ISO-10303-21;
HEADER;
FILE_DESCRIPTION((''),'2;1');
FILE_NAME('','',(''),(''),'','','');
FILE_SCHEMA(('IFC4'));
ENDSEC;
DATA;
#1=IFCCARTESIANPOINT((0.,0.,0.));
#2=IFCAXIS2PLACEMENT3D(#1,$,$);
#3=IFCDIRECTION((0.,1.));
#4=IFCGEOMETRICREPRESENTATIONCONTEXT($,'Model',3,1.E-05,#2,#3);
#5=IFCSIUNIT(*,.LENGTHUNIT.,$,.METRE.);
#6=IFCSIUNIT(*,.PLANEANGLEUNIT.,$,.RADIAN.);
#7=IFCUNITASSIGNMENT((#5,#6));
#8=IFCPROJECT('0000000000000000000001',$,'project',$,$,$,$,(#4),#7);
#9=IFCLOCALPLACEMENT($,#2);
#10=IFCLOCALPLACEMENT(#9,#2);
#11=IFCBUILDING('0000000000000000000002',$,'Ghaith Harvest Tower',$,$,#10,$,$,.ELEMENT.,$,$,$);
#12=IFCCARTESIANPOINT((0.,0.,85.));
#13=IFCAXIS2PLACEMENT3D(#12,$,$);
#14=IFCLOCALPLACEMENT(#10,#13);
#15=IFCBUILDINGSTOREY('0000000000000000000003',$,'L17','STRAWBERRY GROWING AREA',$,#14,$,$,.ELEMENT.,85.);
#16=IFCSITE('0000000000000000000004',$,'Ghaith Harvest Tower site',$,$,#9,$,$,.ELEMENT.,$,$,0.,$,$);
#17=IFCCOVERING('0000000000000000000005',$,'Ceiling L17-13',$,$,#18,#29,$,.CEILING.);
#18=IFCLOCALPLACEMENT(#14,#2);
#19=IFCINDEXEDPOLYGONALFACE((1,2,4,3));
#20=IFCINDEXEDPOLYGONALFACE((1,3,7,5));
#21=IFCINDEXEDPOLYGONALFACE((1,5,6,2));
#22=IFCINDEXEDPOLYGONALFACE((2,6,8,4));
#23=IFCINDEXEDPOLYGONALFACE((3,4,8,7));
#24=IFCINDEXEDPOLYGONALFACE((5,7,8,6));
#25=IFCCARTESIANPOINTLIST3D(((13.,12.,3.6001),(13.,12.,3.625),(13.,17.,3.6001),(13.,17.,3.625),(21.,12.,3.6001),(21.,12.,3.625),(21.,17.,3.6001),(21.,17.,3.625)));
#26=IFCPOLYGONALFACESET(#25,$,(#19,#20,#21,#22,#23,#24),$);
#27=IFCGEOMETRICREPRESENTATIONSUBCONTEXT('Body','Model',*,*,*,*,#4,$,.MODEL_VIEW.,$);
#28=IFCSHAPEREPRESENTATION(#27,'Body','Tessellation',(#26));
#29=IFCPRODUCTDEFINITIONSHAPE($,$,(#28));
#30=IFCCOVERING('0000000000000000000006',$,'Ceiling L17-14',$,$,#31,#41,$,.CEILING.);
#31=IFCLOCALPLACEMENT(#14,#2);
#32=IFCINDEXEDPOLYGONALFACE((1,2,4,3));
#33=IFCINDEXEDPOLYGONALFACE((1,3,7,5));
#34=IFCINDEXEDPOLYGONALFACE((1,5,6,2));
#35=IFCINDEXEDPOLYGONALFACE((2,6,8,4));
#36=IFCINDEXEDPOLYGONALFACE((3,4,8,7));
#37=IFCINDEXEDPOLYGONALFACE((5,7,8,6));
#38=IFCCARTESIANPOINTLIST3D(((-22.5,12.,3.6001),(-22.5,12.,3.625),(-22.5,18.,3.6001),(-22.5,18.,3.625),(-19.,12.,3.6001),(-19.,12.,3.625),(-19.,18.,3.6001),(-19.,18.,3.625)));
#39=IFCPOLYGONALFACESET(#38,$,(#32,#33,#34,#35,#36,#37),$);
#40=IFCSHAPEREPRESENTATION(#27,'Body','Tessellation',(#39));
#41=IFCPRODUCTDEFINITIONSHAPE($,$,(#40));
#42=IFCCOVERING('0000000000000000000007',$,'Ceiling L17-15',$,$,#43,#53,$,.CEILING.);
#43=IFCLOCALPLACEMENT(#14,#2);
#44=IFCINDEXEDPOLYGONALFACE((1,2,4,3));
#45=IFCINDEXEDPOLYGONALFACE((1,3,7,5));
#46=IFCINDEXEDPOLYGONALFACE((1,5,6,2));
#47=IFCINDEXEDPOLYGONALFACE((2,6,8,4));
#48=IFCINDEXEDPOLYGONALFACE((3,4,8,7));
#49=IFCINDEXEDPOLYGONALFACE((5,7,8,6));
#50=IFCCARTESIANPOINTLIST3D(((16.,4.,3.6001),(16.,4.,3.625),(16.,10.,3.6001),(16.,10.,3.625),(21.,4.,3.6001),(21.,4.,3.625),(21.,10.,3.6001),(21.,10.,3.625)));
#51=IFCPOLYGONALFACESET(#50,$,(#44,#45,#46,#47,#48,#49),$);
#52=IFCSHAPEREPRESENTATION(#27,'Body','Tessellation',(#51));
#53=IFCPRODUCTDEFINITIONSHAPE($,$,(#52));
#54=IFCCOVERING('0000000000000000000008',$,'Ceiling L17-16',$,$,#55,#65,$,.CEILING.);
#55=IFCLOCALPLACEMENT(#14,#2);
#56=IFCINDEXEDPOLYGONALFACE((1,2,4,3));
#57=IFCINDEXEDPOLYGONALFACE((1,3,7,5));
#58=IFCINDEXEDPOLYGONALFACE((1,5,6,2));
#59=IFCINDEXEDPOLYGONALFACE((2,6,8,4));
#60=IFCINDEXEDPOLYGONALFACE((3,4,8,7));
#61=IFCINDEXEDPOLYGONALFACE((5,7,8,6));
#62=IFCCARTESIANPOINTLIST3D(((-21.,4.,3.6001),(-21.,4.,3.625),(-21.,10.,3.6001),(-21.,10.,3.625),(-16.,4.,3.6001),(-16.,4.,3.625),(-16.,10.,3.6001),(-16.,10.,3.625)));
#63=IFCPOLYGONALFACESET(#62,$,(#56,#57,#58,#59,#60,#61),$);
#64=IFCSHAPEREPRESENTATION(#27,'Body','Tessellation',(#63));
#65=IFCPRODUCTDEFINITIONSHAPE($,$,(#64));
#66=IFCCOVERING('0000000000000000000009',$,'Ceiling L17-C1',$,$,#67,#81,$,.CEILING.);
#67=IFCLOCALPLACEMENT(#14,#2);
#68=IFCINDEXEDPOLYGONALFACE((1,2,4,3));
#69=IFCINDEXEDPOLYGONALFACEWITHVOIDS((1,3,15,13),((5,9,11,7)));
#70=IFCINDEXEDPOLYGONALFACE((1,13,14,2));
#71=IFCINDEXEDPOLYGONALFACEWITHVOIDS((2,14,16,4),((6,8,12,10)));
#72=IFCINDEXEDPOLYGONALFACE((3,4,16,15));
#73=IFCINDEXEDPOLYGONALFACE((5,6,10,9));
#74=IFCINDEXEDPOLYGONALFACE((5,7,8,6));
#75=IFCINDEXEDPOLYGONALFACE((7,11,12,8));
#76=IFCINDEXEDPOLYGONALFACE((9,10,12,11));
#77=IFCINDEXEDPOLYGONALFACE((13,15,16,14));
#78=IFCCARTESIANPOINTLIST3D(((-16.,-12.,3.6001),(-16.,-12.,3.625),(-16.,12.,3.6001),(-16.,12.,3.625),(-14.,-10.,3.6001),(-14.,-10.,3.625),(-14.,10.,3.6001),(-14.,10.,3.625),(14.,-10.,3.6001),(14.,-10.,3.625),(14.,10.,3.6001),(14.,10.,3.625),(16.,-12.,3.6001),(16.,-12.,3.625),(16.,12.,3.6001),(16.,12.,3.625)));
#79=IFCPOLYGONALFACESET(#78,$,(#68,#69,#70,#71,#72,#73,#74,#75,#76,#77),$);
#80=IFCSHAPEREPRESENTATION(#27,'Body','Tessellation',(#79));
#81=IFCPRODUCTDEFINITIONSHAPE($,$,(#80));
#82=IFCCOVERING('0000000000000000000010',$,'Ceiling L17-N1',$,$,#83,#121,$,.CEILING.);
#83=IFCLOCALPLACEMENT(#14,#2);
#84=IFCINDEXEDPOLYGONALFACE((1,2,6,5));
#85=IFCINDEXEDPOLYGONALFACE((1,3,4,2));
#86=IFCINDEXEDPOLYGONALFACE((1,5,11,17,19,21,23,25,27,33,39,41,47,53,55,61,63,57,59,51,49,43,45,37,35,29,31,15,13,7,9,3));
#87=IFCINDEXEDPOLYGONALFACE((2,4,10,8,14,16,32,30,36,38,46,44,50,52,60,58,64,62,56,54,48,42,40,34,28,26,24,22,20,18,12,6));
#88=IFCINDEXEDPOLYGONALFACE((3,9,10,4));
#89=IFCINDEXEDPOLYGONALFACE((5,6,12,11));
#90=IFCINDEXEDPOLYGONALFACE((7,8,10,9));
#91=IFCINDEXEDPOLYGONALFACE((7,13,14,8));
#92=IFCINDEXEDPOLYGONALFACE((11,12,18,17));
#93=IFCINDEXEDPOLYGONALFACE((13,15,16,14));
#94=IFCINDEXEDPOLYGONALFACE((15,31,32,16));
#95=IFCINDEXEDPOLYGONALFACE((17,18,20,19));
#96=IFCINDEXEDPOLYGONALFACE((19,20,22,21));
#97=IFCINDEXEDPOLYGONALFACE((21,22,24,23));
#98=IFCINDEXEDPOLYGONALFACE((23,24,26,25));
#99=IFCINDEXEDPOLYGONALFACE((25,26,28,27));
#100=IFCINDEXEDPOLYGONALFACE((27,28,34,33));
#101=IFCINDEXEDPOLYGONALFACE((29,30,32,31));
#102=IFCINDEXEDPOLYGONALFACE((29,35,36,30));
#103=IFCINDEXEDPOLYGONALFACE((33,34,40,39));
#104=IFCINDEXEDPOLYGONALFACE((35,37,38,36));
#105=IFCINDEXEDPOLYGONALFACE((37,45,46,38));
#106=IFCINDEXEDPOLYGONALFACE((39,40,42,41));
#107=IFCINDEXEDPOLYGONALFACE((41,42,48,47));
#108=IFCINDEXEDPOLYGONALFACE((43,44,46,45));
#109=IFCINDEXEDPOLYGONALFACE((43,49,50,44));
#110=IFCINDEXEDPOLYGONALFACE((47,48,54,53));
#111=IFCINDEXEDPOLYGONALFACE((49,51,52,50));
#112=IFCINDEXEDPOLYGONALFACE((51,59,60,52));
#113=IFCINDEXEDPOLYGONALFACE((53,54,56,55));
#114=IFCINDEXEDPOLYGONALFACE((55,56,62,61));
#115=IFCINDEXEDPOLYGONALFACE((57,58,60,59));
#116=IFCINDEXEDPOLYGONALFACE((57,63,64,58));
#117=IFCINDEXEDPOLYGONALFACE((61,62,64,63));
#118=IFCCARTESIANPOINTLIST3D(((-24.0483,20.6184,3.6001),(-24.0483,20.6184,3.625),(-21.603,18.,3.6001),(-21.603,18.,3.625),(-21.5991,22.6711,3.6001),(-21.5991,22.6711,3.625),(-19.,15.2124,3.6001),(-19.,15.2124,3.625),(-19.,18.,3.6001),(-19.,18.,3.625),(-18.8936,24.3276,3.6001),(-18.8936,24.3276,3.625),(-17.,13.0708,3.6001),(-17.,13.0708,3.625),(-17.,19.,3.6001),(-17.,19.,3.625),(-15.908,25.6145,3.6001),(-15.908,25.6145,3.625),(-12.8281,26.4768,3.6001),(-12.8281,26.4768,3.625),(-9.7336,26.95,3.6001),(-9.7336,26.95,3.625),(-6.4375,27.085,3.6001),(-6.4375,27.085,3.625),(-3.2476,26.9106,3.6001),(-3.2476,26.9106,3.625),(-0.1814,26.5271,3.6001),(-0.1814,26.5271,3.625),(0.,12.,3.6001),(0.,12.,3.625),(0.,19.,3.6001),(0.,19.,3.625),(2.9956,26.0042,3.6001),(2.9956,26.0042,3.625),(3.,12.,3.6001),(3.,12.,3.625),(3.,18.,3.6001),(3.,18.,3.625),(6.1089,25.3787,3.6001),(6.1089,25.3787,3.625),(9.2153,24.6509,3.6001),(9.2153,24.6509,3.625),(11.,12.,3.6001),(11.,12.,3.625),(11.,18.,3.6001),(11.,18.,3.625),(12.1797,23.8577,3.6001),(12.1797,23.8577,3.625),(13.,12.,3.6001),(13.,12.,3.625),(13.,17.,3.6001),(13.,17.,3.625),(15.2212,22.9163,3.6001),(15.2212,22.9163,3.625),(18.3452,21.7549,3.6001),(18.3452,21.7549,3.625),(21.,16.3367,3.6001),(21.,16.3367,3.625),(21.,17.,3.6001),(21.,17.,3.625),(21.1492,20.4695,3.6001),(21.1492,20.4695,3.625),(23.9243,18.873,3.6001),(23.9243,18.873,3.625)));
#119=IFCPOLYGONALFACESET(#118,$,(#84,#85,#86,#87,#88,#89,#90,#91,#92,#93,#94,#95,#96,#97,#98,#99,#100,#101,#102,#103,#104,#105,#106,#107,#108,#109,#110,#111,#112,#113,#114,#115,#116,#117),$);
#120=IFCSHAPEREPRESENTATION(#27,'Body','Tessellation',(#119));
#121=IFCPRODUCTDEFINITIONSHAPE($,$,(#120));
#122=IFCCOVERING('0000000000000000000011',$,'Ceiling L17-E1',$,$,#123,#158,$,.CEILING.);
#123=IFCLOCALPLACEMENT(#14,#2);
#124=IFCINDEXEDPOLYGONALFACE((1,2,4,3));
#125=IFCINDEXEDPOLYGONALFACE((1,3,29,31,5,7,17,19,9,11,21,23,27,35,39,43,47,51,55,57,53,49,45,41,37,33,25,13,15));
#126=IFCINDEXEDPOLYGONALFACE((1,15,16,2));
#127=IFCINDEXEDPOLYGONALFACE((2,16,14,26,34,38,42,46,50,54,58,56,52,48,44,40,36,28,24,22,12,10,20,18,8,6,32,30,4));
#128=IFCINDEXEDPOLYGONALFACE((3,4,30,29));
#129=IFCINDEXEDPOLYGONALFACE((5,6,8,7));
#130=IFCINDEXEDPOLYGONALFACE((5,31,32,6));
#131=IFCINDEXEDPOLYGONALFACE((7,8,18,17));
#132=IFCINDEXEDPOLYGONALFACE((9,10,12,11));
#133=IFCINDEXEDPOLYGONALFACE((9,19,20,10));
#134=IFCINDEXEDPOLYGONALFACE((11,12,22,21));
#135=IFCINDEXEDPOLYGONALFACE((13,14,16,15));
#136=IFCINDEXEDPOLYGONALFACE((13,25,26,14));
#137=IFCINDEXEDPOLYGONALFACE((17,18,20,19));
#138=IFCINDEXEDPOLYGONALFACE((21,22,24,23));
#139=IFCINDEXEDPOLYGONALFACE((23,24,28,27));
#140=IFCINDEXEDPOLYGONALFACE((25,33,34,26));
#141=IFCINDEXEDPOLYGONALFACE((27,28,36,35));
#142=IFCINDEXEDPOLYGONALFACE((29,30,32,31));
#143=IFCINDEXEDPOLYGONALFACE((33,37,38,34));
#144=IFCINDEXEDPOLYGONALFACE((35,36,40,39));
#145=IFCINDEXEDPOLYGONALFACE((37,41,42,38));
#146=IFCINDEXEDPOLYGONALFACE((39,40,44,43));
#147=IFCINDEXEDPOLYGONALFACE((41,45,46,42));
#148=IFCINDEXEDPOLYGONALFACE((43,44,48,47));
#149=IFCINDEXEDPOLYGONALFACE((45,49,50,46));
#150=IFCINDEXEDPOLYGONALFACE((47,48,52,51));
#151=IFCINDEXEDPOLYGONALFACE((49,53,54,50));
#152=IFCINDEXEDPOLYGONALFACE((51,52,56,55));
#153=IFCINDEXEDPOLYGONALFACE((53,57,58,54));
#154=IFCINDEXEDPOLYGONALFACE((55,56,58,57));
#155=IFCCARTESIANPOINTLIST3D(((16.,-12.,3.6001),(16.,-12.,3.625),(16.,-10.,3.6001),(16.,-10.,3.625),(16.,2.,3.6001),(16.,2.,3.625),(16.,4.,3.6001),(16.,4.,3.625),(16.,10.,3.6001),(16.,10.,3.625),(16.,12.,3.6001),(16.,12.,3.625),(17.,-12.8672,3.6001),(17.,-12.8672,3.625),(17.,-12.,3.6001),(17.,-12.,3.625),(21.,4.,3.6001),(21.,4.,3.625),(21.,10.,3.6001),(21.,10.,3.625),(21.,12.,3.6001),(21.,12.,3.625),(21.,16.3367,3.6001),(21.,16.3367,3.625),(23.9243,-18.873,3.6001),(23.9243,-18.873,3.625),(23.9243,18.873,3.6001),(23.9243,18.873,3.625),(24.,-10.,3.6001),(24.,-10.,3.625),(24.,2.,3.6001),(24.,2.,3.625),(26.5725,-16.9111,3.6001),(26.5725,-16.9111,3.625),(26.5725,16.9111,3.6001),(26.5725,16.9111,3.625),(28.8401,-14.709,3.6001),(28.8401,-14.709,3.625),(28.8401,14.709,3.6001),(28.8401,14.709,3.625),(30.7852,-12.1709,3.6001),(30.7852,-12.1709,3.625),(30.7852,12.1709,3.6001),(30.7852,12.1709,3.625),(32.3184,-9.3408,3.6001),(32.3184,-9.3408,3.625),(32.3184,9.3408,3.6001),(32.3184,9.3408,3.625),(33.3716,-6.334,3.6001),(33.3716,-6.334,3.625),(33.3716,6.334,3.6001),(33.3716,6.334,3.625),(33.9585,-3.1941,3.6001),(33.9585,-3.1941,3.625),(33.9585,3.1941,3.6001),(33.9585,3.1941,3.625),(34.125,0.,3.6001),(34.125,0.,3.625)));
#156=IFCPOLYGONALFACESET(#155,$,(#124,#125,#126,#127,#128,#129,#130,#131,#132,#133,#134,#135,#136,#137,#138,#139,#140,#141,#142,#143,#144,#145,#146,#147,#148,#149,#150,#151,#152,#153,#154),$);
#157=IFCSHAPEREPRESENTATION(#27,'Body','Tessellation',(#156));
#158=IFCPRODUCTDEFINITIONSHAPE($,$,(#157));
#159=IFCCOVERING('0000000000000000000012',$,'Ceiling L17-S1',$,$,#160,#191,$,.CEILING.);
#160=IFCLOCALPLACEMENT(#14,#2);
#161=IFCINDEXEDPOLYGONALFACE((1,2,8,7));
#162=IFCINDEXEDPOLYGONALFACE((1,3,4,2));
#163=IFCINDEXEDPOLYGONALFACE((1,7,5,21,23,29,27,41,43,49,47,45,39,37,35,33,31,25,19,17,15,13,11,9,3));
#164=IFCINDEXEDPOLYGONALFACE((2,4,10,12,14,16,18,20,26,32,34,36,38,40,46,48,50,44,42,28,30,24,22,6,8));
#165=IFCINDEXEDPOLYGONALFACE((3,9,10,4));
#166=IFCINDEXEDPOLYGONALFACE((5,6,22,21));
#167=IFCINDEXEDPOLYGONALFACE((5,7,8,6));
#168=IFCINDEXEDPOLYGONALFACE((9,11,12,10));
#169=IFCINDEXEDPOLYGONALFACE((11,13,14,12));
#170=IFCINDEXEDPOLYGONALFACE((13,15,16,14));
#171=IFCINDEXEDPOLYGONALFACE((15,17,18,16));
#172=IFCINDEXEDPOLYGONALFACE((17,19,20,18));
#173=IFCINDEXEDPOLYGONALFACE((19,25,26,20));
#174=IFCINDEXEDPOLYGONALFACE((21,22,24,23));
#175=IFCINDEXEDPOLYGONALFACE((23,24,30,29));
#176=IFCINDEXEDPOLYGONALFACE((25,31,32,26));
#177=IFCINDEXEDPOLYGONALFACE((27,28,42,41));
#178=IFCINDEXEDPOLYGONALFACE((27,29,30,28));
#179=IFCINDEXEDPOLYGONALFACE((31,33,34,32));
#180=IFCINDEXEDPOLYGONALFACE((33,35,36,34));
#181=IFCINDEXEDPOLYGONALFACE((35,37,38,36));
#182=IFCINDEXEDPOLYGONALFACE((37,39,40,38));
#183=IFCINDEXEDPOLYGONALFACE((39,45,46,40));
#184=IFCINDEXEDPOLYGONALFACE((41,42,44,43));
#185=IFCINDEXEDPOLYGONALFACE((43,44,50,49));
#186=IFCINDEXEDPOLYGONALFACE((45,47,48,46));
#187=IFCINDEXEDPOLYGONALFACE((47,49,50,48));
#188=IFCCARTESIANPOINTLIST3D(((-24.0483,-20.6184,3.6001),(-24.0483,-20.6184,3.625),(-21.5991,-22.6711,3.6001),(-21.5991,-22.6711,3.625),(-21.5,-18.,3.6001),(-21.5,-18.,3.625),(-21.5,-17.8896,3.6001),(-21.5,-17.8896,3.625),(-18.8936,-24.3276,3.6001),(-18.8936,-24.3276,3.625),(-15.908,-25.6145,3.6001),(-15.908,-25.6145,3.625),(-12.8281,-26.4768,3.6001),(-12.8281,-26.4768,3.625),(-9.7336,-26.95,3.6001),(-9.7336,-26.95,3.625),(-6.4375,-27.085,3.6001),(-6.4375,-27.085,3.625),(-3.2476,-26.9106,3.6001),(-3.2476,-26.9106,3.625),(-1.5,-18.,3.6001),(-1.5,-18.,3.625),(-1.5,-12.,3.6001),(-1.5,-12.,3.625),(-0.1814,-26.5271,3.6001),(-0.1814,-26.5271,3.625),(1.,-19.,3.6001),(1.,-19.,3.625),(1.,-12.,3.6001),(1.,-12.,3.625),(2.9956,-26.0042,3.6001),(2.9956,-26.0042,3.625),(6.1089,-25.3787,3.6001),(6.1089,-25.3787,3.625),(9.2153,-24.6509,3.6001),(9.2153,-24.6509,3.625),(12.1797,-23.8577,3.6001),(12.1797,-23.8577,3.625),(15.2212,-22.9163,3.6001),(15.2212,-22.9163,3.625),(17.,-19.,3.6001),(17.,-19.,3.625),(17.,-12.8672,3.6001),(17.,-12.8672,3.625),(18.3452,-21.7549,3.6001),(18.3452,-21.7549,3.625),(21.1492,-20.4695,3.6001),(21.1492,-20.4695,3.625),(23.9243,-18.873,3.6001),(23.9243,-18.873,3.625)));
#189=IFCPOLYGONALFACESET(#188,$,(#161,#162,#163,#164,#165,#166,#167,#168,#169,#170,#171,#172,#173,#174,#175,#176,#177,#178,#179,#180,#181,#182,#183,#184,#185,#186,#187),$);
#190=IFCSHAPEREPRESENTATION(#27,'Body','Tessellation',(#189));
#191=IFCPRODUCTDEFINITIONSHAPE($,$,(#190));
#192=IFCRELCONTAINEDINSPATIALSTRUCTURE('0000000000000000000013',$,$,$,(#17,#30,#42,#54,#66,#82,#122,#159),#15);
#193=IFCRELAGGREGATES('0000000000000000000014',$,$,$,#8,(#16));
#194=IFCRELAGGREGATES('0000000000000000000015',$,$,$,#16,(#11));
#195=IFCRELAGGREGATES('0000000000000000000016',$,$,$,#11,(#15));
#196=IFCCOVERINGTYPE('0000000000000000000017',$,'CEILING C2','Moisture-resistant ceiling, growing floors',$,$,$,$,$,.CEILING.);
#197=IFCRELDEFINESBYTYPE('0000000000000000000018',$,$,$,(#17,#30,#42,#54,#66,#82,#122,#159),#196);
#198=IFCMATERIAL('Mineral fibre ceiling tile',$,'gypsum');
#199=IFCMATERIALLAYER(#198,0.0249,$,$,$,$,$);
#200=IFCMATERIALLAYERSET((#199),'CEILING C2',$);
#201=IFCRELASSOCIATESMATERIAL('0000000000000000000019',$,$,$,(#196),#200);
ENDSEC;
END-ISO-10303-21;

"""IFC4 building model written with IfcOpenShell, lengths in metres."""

from ifc_helpers import new_model, si_unit, direction, frame, origin, place, context, subcontext, project, spatial, polyline, outline, extrude, material, layer, layer_set, type_object, element, save


model = new_model("IFC4")

# Units and contexts
model_context = context("Model", 3, precision=1e-05, world=origin(), true_north=direction((0.0, 1.0)))
body_context = subcontext(model_context, "Body", "Model", "MODEL_VIEW")
ifc_project = project(units=[si_unit("LENGTHUNIT", "METRE"), si_unit("PLANEANGLEUNIT", "RADIAN")], contexts=[model_context])

# Site, building, storey
site_placement = place(None, origin())
site = spatial("IfcSite", under=ifc_project, at=site_placement, Name="Ghaith Harvest Tower site", CompositionType="ELEMENT", RefElevation=0.0)
building_placement = place(site_placement, origin())
building = spatial("IfcBuilding", under=site, at=building_placement, Name="Ghaith Harvest Tower", CompositionType="ELEMENT")
storey_placement = place(building_placement, frame((0.0, 0.0, 85.0)))
storey = spatial("IfcBuildingStorey", under=building, at=storey_placement, Name="L17", Description="STRAWBERRY GROWING AREA", CompositionType="ELEMENT", Elevation=85.0)

# Coverings
ifc_material_1 = material(Name="Mineral fibre ceiling tile", Category="gypsum")
ifc_layer_1 = layer(ifc_material_1, 0.0249)
ifc_layer_set_1 = layer_set([ifc_layer_1], Name="CEILING C2")
covering_type = type_object("IfcCoveringType", Name="CEILING C2", Description="Moisture-resistant ceiling, growing floors", PredefinedType="CEILING", material=ifc_layer_set_1)
covering_1_placement = place(storey_placement, frame((0.0, 0.0, 3.6001)))
element("IfcCovering", 1, at=covering_1_placement, inside=storey, type_object=covering_type, Name="Ceiling L17-13", PredefinedType="CEILING", context=body_context, shape_type="SweptSolid", body=[
    extrude(outline(polyline([(13.0, 12.0), (21.0, 12.0), (21.0, 17.0), (13.0, 17.0), (13.0, 12.0)])), origin(), (0.0, 0.0, 1.0), 0.0249),
])
covering_2_placement = place(storey_placement, frame((0.0, 0.0, 3.6001)))
element("IfcCovering", 2, at=covering_2_placement, inside=storey, type_object=covering_type, Name="Ceiling L17-14", PredefinedType="CEILING", context=body_context, shape_type="SweptSolid", body=[
    extrude(outline(polyline([(-22.5, 12.0), (-19.0, 12.0), (-19.0, 18.0), (-22.5, 18.0), (-22.5, 12.0)])), origin(), (0.0, 0.0, 1.0), 0.0249),
])
covering_3_placement = place(storey_placement, frame((0.0, 0.0, 3.6001)))
element("IfcCovering", 3, at=covering_3_placement, inside=storey, type_object=covering_type, Name="Ceiling L17-15", PredefinedType="CEILING", context=body_context, shape_type="SweptSolid", body=[
    extrude(outline(polyline([(16.0, 4.0), (21.0, 4.0), (21.0, 10.0), (16.0, 10.0), (16.0, 4.0)])), origin(), (0.0, 0.0, 1.0), 0.0249),
])
covering_4_placement = place(storey_placement, frame((0.0, 0.0, 3.6001)))
element("IfcCovering", 4, at=covering_4_placement, inside=storey, type_object=covering_type, Name="Ceiling L17-16", PredefinedType="CEILING", context=body_context, shape_type="SweptSolid", body=[
    extrude(outline(polyline([(-21.0, 4.0), (-16.0, 4.0), (-16.0, 10.0), (-21.0, 10.0), (-21.0, 4.0)])), origin(), (0.0, 0.0, 1.0), 0.0249),
])
covering_5_placement = place(storey_placement, frame((0.0, 0.0, 3.6001)))
element("IfcCovering", 5, at=covering_5_placement, inside=storey, type_object=covering_type, Name="Ceiling L17-C1", PredefinedType="CEILING", context=body_context, shape_type="SweptSolid", body=[
    extrude(outline(polyline([(16.0, -12.0), (-16.0, -12.0), (-16.0, 12.0), (16.0, 12.0), (16.0, -12.0)]), holes=[polyline([(14.0, 10.0), (-14.0, 10.0), (-14.0, -10.0), (14.0, -10.0), (14.0, 10.0)])]), origin(), (0.0, 0.0, 1.0), 0.0249),
])
covering_6_placement = place(storey_placement, frame((0.0, 0.0, 3.6001)))
element("IfcCovering", 6, at=covering_6_placement, inside=storey, type_object=covering_type, Name="Ceiling L17-N1", PredefinedType="CEILING", context=body_context, shape_type="SweptSolid", body=[
    extrude(outline(polyline([(-21.5991, 22.6711), (-18.8936, 24.3276), (-15.908, 25.6145), (-12.8281, 26.4768), (-9.7336, 26.95), (-6.4375, 27.085), (-3.2476, 26.9106), (-0.1814, 26.5271), (2.9956, 26.0042), (6.1089, 25.3787), (9.2153, 24.6509), (12.1797, 23.8577), (15.2212, 22.9163), (18.3452, 21.7549), (21.1492, 20.4695), (23.9243, 18.873), (21.0, 16.3367), (21.0, 17.0), (13.0, 17.0), (13.0, 12.0), (11.0, 12.0), (11.0, 18.0), (3.0, 18.0), (3.0, 12.0), (0.0, 12.0), (0.0, 19.0), (-17.0, 19.0), (-17.0, 13.0708), (-19.0, 15.2124), (-19.0, 18.0), (-21.603, 18.0), (-24.0483, 20.6184), (-21.5991, 22.6711)])), origin(), (0.0, 0.0, 1.0), 0.0249),
])
covering_7_placement = place(storey_placement, frame((0.0, 0.0, 3.6001)))
element("IfcCovering", 7, at=covering_7_placement, inside=storey, type_object=covering_type, Name="Ceiling L17-E1", PredefinedType="CEILING", context=body_context, shape_type="SweptSolid", body=[
    extrude(outline(polyline([(26.5725, 16.9111), (28.8401, 14.709), (30.7852, 12.1709), (32.3184, 9.3408), (33.3716, 6.334), (33.9585, 3.1941), (34.125, 0.0), (33.9585, -3.1941), (33.3716, -6.334), (32.3184, -9.3408), (30.7852, -12.1709), (28.8401, -14.709), (26.5725, -16.9111), (23.9243, -18.873), (17.0, -12.8672), (17.0, -12.0), (16.0, -12.0), (16.0, -10.0), (24.0, -10.0), (24.0, 2.0), (16.0, 2.0), (16.0, 4.0), (21.0, 4.0), (21.0, 10.0), (16.0, 10.0), (16.0, 12.0), (21.0, 12.0), (21.0, 16.3367), (23.9243, 18.873), (26.5725, 16.9111)])), origin(), (0.0, 0.0, 1.0), 0.0249),
])
covering_8_placement = place(storey_placement, frame((0.0, 0.0, 3.6001)))
element("IfcCovering", 8, at=covering_8_placement, inside=storey, type_object=covering_type, Name="Ceiling L17-S1", PredefinedType="CEILING", context=body_context, shape_type="SweptSolid", body=[
    extrude(outline(polyline([(-12.8281, -26.4768), (-15.908, -25.6145), (-18.8936, -24.3276), (-21.5991, -22.6711), (-24.0483, -20.6184), (-21.5, -17.8896), (-21.5, -18.0), (-1.5, -18.0), (-1.5, -12.0), (1.0, -12.0), (1.0, -19.0), (17.0, -19.0), (17.0, -12.8672), (23.9243, -18.873), (21.1492, -20.4695), (18.3452, -21.7549), (15.2212, -22.9163), (12.1797, -23.8577), (9.2153, -24.6509), (6.1089, -25.3787), (2.9956, -26.0042), (-0.1814, -26.5271), (-3.2476, -26.9106), (-6.4375, -27.085), (-9.7336, -26.95), (-12.8281, -26.4768)])), origin(), (0.0, 0.0, 1.0), 0.0249),
])

save(model, "model.ifc")
